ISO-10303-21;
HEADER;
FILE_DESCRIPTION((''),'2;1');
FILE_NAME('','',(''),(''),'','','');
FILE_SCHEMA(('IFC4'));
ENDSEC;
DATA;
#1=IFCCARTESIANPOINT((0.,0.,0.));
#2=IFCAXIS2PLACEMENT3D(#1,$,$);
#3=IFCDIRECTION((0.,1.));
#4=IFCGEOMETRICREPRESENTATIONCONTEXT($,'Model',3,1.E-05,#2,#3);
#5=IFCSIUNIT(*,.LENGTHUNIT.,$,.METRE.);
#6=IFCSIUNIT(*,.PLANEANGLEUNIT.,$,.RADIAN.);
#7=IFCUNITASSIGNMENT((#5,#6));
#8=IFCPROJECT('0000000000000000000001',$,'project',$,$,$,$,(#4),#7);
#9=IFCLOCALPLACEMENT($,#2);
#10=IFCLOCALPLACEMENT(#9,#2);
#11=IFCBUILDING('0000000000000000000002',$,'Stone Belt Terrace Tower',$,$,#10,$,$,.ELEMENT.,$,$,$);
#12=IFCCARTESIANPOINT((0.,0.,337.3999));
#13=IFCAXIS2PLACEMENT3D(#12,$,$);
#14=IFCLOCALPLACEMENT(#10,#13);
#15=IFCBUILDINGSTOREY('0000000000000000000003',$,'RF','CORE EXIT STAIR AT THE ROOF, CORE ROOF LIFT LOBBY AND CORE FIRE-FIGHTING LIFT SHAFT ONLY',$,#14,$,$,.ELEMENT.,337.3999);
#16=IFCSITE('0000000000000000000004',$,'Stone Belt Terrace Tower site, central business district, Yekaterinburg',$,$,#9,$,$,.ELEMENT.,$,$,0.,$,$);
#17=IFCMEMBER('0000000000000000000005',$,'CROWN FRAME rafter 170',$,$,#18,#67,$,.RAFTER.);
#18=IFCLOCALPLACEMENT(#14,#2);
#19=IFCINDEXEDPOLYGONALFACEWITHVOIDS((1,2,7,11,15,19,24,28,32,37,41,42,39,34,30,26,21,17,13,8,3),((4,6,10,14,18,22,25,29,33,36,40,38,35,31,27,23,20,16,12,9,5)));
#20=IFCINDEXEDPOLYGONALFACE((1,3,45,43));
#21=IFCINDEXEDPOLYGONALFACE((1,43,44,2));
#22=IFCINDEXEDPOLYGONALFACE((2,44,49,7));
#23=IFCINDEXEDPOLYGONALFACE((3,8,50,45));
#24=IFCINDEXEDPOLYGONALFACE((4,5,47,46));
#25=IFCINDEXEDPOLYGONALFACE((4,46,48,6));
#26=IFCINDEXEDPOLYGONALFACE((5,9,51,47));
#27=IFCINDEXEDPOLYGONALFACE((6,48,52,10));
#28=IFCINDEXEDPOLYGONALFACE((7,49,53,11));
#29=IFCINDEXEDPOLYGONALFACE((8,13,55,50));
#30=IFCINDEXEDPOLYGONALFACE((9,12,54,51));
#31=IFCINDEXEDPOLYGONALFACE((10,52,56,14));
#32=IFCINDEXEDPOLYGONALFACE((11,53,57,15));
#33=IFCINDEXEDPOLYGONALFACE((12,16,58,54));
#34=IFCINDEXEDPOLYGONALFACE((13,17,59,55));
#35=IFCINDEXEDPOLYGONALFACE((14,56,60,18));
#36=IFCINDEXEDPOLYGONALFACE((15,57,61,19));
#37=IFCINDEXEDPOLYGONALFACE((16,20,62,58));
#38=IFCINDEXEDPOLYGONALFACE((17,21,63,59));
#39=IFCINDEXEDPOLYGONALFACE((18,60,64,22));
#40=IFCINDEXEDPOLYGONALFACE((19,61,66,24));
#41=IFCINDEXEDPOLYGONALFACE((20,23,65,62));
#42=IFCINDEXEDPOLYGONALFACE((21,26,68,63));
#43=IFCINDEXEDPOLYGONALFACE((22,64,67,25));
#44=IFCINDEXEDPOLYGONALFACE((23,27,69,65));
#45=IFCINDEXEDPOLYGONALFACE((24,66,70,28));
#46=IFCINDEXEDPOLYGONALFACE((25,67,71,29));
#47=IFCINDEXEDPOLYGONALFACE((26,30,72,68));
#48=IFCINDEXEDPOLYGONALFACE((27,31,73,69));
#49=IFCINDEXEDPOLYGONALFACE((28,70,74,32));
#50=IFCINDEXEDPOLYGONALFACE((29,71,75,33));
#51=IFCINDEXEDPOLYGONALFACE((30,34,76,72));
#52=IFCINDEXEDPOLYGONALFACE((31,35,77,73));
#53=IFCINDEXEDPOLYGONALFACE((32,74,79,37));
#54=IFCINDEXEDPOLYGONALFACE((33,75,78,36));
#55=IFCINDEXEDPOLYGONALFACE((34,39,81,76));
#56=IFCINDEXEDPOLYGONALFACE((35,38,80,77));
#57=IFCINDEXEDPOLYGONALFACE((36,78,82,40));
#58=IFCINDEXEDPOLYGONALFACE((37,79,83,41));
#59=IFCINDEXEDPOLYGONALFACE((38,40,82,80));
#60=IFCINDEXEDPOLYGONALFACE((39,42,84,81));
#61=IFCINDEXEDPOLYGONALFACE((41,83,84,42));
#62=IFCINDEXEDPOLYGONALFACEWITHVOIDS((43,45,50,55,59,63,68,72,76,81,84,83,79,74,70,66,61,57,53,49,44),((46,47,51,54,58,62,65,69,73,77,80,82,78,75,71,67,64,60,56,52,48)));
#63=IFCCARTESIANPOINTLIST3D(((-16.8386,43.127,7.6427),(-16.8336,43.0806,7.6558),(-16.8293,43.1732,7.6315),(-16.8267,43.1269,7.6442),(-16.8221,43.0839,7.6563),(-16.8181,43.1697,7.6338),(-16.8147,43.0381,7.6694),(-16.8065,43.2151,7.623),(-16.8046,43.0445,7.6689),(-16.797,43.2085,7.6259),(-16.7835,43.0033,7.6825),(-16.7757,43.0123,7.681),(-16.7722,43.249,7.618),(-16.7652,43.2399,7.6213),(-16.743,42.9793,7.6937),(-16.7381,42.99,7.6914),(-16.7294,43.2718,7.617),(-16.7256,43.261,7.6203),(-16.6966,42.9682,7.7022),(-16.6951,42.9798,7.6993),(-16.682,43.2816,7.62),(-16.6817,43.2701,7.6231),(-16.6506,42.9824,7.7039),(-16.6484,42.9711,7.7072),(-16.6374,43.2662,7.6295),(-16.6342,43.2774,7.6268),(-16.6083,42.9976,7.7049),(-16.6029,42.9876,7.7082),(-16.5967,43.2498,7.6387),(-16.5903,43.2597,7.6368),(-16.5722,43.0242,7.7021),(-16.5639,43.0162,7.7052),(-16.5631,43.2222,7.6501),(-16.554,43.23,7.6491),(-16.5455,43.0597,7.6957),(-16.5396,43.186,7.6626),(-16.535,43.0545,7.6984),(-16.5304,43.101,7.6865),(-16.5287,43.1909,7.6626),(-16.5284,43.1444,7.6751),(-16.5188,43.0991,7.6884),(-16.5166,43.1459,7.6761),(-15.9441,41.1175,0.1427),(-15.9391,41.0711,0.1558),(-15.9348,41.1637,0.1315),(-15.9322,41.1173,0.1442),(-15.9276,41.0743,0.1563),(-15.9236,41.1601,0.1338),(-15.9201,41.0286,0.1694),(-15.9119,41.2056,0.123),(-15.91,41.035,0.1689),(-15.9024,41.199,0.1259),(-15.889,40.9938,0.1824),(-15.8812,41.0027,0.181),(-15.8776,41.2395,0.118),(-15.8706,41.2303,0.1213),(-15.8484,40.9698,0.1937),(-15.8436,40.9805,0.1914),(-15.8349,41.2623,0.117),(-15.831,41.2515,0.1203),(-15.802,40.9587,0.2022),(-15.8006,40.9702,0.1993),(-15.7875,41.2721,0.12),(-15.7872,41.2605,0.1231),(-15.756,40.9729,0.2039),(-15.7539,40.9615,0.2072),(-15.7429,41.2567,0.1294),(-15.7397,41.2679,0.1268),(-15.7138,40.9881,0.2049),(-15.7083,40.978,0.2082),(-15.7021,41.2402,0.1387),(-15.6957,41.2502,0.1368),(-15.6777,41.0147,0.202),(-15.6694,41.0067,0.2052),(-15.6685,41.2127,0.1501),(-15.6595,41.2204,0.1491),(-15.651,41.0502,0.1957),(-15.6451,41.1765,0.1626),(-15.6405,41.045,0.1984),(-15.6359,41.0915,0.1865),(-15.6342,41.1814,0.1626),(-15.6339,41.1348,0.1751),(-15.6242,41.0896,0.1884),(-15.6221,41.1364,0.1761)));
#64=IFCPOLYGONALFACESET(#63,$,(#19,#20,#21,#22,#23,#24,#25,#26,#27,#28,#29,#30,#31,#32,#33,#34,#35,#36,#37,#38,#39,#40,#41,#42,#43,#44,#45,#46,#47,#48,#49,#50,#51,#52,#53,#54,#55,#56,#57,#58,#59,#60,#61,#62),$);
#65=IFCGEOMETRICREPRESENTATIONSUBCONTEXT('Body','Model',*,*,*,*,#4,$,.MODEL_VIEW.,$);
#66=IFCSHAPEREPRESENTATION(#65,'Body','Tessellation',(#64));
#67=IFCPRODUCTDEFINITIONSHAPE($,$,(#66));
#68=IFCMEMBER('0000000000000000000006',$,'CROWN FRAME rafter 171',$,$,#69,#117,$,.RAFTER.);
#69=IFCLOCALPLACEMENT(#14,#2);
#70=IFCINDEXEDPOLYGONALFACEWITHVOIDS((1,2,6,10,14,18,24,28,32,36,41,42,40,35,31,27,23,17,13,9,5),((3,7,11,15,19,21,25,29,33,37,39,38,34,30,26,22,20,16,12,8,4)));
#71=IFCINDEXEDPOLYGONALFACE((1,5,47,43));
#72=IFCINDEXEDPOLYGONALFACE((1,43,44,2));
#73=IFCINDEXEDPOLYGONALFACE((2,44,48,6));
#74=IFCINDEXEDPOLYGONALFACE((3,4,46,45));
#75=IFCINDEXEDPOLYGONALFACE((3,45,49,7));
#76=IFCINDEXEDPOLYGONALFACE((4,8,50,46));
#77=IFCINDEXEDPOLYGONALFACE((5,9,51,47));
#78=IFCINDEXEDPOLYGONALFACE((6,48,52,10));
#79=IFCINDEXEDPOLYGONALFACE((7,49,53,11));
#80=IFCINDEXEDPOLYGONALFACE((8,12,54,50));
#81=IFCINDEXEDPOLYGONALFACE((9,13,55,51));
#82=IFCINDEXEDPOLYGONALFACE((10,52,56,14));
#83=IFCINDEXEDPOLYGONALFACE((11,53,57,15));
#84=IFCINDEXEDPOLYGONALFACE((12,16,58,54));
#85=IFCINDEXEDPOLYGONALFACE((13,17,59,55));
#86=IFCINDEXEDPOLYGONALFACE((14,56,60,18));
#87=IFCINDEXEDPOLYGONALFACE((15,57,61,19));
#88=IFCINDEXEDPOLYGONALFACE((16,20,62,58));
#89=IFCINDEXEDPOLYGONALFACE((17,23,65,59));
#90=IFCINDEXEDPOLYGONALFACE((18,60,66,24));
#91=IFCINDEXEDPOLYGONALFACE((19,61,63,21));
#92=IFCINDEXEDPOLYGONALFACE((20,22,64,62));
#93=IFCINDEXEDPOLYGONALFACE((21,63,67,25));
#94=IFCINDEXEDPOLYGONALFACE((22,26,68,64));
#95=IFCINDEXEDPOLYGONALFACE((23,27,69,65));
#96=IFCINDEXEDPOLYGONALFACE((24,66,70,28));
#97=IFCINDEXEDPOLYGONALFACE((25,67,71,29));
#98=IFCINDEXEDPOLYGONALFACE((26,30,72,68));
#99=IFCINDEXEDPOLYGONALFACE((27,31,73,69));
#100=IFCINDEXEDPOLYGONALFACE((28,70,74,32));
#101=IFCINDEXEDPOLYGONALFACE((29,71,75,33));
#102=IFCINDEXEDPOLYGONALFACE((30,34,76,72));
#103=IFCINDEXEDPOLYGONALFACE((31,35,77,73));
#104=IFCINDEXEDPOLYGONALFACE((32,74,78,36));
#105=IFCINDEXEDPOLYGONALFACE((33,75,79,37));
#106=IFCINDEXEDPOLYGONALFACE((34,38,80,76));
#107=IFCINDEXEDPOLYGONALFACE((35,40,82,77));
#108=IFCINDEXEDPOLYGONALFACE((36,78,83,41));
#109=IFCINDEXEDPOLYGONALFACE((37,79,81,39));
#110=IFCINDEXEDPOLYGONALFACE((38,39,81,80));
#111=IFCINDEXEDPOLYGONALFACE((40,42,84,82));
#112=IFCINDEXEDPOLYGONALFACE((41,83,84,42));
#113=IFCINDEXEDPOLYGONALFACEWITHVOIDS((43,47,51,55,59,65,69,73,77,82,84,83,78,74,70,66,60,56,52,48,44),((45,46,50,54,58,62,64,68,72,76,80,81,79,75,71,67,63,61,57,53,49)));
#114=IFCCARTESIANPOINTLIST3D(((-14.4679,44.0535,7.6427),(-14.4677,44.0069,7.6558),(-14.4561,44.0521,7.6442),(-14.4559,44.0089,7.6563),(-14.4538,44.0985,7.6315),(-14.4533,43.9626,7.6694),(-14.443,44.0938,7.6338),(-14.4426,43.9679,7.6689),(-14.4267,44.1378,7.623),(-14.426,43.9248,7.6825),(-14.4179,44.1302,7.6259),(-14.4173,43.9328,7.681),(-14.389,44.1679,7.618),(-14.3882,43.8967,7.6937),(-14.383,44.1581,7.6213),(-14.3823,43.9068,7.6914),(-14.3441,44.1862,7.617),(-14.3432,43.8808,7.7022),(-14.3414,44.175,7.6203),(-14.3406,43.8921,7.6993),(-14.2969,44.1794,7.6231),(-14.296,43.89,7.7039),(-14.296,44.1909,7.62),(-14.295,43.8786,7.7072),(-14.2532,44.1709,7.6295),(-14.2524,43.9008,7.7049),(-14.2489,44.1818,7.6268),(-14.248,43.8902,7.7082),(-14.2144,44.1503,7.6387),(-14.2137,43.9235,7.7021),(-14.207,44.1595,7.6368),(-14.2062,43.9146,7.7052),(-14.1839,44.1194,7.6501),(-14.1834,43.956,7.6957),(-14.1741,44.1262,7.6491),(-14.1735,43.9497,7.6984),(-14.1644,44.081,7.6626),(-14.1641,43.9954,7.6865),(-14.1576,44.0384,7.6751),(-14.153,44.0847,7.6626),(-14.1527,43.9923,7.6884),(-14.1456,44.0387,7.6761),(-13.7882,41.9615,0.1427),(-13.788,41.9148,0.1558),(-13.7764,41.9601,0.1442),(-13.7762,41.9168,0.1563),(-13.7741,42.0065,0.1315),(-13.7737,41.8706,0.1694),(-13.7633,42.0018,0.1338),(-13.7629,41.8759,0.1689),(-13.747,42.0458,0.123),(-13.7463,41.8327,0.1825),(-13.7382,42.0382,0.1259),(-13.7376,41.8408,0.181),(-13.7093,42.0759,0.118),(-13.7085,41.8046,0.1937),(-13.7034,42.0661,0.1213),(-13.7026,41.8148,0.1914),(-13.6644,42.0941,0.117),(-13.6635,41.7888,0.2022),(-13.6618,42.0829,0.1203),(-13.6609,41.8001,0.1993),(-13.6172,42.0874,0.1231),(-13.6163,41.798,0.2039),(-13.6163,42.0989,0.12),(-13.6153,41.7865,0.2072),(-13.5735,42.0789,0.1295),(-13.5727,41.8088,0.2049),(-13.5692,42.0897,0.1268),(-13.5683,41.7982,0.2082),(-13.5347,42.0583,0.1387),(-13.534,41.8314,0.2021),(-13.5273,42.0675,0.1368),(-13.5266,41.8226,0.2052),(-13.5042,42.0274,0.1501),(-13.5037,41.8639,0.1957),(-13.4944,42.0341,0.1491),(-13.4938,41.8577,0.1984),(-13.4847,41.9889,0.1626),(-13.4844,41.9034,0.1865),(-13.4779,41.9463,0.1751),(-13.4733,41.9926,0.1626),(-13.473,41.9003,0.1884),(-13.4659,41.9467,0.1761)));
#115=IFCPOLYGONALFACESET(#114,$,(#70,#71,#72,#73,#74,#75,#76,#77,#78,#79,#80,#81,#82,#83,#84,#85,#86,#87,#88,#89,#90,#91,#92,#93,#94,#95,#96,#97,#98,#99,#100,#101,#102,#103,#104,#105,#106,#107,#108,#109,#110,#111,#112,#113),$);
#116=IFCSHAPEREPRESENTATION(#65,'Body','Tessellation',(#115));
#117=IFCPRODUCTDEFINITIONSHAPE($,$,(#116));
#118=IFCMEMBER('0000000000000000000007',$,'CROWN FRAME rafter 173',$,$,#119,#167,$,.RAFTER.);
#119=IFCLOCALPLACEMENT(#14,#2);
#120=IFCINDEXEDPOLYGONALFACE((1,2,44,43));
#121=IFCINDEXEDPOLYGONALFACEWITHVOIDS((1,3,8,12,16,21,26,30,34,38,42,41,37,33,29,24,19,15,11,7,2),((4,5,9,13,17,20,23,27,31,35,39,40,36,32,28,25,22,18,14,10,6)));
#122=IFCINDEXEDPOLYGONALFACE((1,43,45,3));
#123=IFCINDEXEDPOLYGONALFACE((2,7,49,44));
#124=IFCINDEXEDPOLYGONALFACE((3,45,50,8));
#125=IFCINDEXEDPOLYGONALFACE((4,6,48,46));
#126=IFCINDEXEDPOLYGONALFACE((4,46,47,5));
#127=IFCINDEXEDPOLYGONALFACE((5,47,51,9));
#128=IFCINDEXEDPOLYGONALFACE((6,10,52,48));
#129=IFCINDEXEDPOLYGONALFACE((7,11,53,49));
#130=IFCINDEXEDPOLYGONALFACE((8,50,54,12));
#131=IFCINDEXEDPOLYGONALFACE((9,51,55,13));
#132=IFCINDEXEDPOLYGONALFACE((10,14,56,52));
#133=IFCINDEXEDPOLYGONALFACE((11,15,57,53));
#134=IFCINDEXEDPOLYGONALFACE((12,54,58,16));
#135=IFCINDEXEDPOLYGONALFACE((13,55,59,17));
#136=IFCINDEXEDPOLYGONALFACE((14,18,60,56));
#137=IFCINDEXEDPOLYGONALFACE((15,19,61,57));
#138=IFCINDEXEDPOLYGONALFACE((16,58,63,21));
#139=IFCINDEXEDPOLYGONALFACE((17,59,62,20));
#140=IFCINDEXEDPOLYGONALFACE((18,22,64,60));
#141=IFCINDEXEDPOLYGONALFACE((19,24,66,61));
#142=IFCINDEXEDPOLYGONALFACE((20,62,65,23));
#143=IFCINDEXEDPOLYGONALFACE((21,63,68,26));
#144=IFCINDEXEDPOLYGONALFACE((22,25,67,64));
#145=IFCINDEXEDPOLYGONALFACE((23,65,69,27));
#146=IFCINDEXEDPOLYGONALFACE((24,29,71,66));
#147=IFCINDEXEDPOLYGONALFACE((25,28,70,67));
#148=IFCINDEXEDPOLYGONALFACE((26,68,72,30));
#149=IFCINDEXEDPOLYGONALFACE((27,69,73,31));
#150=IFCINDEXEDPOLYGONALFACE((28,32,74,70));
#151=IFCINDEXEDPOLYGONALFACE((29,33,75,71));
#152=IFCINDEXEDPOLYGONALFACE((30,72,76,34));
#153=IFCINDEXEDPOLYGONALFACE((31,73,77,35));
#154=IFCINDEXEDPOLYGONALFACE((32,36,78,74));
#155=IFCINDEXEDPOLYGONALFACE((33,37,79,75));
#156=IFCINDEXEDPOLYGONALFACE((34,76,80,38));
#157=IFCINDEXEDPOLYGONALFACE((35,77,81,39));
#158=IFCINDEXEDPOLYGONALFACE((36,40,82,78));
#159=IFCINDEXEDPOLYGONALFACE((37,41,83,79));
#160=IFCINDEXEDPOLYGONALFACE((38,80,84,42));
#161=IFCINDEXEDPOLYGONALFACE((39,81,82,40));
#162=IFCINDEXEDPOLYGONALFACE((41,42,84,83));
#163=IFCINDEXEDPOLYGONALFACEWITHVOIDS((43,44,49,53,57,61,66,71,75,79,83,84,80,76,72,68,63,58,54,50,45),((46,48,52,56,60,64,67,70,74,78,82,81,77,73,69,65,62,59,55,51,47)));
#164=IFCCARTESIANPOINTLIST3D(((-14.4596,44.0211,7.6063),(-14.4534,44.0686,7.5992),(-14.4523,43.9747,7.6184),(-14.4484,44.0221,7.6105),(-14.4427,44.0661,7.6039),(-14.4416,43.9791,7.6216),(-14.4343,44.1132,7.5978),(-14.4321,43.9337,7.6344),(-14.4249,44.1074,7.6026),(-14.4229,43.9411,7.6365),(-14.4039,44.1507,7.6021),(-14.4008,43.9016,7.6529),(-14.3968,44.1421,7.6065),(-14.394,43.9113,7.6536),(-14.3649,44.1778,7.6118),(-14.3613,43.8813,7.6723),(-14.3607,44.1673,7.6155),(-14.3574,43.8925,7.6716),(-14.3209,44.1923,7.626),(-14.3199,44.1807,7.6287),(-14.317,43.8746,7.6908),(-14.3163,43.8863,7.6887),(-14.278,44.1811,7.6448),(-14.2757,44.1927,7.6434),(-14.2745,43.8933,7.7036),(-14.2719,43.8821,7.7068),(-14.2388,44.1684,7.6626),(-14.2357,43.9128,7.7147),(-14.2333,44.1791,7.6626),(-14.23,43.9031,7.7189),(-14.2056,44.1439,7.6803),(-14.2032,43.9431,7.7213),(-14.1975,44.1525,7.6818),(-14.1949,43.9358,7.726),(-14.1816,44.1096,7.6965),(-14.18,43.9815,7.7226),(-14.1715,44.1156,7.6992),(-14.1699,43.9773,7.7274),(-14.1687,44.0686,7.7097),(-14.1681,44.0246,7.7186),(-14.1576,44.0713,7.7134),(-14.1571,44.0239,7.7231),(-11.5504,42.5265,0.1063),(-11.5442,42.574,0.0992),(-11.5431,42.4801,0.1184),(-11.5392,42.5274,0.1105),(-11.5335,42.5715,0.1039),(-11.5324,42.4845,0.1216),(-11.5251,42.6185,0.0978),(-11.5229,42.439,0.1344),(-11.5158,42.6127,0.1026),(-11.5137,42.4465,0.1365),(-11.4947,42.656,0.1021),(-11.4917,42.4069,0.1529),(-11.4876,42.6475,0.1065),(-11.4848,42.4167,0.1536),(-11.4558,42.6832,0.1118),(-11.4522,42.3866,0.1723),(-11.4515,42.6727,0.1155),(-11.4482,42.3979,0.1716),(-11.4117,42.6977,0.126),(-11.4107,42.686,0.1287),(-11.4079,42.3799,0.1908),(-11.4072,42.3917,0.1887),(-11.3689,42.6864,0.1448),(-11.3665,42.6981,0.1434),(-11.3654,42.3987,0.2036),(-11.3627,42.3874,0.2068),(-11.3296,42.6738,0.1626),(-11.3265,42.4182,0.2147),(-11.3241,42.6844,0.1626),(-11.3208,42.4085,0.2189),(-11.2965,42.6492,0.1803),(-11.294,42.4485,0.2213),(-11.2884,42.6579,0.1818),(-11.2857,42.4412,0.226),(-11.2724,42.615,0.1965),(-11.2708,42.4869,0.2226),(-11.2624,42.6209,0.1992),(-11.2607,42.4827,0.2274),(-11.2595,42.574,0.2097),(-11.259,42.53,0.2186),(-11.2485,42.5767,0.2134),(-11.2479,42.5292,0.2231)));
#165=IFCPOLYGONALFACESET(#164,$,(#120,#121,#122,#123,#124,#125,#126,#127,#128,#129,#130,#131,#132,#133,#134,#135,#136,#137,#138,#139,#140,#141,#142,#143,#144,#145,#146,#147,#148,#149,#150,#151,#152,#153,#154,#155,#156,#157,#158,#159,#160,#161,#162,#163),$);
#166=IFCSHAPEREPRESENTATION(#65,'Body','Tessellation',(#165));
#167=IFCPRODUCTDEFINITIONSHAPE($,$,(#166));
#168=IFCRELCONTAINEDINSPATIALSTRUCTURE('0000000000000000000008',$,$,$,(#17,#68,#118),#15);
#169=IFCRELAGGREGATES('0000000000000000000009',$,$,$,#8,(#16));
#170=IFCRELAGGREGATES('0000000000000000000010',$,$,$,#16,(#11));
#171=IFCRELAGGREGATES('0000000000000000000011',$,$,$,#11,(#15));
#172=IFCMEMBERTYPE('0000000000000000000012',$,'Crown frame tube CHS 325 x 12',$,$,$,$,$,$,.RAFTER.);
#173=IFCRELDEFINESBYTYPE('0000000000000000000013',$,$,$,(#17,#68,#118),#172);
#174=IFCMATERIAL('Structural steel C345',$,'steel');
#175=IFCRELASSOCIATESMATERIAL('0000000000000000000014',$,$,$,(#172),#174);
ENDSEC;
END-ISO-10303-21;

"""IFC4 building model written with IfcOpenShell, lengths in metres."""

from ifc_helpers import new_model, si_unit, direction, frame, origin, origin_2d, place, context, subcontext, project, spatial, hollow_circle, extrude, material, material_profile, profile_set, type_object, element, save


model = new_model("IFC4")

# Units and contexts
model_context = context("Model", 3, precision=1e-05, world=origin(), true_north=direction((0.0, 1.0)))
body_context = subcontext(model_context, "Body", "Model", "MODEL_VIEW")
ifc_project = project(units=[si_unit("LENGTHUNIT", "METRE"), si_unit("PLANEANGLEUNIT", "RADIAN")], contexts=[model_context])

# Site, building, storey
site_placement = place(None, origin())
site = spatial("IfcSite", under=ifc_project, at=site_placement, Name="Stone Belt Terrace Tower site, central business district, Yekaterinburg", CompositionType="ELEMENT", RefElevation=0.0)
building_placement = place(site_placement, origin())
building = spatial("IfcBuilding", under=site, at=building_placement, Name="Stone Belt Terrace Tower", CompositionType="ELEMENT")
storey_placement = place(building_placement, frame((0.0, 0.0, 337.3999)))
storey = spatial("IfcBuildingStorey", under=building, at=storey_placement, Name="RF", Description="CORE EXIT STAIR AT THE ROOF, CORE ROOF LIFT LOBBY AND CORE FIRE-FIGHTING LIFT SHAFT ONLY", CompositionType="ELEMENT", Elevation=337.3999)

# Members
ifc_material_1 = material(Name="Structural steel C345", Category="steel")
ifc_material_profile_1 = material_profile(ifc_material_1, hollow_circle(Radius=0.1626, WallThickness=0.012, at=origin_2d()), Name="Structural steel C345 CHS 325x12")
ifc_profile_set_1 = profile_set([ifc_material_profile_1], Name="Structural steel C345")
member_type_1 = type_object("IfcMemberType", Name="Crown frame tube CHS 325 x 12", PredefinedType="RAFTER", material=ifc_profile_set_1)
for number, where, z_axis, x_axis, name in (
    (1, (-16.6772, 43.1248, 7.6626), (0.11445, -0.257107, -0.959582), (0.913573, 0.406674, 0.0), "CROWN FRAME rafter 170"),
    (2, (-14.3076, 44.0344, 7.6626), (0.086962, -0.267664, -0.95958), (0.951064, 0.308993, 0.0), "CROWN FRAME rafter 171"),
):
    element("IfcMember", number, at=place(storey_placement, frame(where, z_axis=z_axis, x_axis=x_axis)), inside=storey, type_object=member_type_1, Name=name, PredefinedType="RAFTER", context=body_context, shape_type="SweptSolid", body=[
        extrude(hollow_circle(Radius=0.1626, WallThickness=0.012, at=origin_2d()), origin(), (0.0, 0.0, 1.0), 7.8159),
    ])
member_1_placement = place(storey_placement, frame((-14.3076, 44.0344, 7.6626), z_axis=(0.355553, -0.18267, -0.916632), x_axis=(0.45698, 0.889477, 0.0)))
element("IfcMember", 3, at=member_1_placement, inside=storey, type_object=member_type_1, Name="CROWN FRAME rafter 173", PredefinedType="RAFTER", context=body_context, shape_type="SweptSolid", body=[
    extrude(hollow_circle(Radius=0.1626, WallThickness=0.012, at=origin_2d()), origin(), (0.0, 0.0, 1.0), 8.1821),
])

save(model, "model.ifc")
